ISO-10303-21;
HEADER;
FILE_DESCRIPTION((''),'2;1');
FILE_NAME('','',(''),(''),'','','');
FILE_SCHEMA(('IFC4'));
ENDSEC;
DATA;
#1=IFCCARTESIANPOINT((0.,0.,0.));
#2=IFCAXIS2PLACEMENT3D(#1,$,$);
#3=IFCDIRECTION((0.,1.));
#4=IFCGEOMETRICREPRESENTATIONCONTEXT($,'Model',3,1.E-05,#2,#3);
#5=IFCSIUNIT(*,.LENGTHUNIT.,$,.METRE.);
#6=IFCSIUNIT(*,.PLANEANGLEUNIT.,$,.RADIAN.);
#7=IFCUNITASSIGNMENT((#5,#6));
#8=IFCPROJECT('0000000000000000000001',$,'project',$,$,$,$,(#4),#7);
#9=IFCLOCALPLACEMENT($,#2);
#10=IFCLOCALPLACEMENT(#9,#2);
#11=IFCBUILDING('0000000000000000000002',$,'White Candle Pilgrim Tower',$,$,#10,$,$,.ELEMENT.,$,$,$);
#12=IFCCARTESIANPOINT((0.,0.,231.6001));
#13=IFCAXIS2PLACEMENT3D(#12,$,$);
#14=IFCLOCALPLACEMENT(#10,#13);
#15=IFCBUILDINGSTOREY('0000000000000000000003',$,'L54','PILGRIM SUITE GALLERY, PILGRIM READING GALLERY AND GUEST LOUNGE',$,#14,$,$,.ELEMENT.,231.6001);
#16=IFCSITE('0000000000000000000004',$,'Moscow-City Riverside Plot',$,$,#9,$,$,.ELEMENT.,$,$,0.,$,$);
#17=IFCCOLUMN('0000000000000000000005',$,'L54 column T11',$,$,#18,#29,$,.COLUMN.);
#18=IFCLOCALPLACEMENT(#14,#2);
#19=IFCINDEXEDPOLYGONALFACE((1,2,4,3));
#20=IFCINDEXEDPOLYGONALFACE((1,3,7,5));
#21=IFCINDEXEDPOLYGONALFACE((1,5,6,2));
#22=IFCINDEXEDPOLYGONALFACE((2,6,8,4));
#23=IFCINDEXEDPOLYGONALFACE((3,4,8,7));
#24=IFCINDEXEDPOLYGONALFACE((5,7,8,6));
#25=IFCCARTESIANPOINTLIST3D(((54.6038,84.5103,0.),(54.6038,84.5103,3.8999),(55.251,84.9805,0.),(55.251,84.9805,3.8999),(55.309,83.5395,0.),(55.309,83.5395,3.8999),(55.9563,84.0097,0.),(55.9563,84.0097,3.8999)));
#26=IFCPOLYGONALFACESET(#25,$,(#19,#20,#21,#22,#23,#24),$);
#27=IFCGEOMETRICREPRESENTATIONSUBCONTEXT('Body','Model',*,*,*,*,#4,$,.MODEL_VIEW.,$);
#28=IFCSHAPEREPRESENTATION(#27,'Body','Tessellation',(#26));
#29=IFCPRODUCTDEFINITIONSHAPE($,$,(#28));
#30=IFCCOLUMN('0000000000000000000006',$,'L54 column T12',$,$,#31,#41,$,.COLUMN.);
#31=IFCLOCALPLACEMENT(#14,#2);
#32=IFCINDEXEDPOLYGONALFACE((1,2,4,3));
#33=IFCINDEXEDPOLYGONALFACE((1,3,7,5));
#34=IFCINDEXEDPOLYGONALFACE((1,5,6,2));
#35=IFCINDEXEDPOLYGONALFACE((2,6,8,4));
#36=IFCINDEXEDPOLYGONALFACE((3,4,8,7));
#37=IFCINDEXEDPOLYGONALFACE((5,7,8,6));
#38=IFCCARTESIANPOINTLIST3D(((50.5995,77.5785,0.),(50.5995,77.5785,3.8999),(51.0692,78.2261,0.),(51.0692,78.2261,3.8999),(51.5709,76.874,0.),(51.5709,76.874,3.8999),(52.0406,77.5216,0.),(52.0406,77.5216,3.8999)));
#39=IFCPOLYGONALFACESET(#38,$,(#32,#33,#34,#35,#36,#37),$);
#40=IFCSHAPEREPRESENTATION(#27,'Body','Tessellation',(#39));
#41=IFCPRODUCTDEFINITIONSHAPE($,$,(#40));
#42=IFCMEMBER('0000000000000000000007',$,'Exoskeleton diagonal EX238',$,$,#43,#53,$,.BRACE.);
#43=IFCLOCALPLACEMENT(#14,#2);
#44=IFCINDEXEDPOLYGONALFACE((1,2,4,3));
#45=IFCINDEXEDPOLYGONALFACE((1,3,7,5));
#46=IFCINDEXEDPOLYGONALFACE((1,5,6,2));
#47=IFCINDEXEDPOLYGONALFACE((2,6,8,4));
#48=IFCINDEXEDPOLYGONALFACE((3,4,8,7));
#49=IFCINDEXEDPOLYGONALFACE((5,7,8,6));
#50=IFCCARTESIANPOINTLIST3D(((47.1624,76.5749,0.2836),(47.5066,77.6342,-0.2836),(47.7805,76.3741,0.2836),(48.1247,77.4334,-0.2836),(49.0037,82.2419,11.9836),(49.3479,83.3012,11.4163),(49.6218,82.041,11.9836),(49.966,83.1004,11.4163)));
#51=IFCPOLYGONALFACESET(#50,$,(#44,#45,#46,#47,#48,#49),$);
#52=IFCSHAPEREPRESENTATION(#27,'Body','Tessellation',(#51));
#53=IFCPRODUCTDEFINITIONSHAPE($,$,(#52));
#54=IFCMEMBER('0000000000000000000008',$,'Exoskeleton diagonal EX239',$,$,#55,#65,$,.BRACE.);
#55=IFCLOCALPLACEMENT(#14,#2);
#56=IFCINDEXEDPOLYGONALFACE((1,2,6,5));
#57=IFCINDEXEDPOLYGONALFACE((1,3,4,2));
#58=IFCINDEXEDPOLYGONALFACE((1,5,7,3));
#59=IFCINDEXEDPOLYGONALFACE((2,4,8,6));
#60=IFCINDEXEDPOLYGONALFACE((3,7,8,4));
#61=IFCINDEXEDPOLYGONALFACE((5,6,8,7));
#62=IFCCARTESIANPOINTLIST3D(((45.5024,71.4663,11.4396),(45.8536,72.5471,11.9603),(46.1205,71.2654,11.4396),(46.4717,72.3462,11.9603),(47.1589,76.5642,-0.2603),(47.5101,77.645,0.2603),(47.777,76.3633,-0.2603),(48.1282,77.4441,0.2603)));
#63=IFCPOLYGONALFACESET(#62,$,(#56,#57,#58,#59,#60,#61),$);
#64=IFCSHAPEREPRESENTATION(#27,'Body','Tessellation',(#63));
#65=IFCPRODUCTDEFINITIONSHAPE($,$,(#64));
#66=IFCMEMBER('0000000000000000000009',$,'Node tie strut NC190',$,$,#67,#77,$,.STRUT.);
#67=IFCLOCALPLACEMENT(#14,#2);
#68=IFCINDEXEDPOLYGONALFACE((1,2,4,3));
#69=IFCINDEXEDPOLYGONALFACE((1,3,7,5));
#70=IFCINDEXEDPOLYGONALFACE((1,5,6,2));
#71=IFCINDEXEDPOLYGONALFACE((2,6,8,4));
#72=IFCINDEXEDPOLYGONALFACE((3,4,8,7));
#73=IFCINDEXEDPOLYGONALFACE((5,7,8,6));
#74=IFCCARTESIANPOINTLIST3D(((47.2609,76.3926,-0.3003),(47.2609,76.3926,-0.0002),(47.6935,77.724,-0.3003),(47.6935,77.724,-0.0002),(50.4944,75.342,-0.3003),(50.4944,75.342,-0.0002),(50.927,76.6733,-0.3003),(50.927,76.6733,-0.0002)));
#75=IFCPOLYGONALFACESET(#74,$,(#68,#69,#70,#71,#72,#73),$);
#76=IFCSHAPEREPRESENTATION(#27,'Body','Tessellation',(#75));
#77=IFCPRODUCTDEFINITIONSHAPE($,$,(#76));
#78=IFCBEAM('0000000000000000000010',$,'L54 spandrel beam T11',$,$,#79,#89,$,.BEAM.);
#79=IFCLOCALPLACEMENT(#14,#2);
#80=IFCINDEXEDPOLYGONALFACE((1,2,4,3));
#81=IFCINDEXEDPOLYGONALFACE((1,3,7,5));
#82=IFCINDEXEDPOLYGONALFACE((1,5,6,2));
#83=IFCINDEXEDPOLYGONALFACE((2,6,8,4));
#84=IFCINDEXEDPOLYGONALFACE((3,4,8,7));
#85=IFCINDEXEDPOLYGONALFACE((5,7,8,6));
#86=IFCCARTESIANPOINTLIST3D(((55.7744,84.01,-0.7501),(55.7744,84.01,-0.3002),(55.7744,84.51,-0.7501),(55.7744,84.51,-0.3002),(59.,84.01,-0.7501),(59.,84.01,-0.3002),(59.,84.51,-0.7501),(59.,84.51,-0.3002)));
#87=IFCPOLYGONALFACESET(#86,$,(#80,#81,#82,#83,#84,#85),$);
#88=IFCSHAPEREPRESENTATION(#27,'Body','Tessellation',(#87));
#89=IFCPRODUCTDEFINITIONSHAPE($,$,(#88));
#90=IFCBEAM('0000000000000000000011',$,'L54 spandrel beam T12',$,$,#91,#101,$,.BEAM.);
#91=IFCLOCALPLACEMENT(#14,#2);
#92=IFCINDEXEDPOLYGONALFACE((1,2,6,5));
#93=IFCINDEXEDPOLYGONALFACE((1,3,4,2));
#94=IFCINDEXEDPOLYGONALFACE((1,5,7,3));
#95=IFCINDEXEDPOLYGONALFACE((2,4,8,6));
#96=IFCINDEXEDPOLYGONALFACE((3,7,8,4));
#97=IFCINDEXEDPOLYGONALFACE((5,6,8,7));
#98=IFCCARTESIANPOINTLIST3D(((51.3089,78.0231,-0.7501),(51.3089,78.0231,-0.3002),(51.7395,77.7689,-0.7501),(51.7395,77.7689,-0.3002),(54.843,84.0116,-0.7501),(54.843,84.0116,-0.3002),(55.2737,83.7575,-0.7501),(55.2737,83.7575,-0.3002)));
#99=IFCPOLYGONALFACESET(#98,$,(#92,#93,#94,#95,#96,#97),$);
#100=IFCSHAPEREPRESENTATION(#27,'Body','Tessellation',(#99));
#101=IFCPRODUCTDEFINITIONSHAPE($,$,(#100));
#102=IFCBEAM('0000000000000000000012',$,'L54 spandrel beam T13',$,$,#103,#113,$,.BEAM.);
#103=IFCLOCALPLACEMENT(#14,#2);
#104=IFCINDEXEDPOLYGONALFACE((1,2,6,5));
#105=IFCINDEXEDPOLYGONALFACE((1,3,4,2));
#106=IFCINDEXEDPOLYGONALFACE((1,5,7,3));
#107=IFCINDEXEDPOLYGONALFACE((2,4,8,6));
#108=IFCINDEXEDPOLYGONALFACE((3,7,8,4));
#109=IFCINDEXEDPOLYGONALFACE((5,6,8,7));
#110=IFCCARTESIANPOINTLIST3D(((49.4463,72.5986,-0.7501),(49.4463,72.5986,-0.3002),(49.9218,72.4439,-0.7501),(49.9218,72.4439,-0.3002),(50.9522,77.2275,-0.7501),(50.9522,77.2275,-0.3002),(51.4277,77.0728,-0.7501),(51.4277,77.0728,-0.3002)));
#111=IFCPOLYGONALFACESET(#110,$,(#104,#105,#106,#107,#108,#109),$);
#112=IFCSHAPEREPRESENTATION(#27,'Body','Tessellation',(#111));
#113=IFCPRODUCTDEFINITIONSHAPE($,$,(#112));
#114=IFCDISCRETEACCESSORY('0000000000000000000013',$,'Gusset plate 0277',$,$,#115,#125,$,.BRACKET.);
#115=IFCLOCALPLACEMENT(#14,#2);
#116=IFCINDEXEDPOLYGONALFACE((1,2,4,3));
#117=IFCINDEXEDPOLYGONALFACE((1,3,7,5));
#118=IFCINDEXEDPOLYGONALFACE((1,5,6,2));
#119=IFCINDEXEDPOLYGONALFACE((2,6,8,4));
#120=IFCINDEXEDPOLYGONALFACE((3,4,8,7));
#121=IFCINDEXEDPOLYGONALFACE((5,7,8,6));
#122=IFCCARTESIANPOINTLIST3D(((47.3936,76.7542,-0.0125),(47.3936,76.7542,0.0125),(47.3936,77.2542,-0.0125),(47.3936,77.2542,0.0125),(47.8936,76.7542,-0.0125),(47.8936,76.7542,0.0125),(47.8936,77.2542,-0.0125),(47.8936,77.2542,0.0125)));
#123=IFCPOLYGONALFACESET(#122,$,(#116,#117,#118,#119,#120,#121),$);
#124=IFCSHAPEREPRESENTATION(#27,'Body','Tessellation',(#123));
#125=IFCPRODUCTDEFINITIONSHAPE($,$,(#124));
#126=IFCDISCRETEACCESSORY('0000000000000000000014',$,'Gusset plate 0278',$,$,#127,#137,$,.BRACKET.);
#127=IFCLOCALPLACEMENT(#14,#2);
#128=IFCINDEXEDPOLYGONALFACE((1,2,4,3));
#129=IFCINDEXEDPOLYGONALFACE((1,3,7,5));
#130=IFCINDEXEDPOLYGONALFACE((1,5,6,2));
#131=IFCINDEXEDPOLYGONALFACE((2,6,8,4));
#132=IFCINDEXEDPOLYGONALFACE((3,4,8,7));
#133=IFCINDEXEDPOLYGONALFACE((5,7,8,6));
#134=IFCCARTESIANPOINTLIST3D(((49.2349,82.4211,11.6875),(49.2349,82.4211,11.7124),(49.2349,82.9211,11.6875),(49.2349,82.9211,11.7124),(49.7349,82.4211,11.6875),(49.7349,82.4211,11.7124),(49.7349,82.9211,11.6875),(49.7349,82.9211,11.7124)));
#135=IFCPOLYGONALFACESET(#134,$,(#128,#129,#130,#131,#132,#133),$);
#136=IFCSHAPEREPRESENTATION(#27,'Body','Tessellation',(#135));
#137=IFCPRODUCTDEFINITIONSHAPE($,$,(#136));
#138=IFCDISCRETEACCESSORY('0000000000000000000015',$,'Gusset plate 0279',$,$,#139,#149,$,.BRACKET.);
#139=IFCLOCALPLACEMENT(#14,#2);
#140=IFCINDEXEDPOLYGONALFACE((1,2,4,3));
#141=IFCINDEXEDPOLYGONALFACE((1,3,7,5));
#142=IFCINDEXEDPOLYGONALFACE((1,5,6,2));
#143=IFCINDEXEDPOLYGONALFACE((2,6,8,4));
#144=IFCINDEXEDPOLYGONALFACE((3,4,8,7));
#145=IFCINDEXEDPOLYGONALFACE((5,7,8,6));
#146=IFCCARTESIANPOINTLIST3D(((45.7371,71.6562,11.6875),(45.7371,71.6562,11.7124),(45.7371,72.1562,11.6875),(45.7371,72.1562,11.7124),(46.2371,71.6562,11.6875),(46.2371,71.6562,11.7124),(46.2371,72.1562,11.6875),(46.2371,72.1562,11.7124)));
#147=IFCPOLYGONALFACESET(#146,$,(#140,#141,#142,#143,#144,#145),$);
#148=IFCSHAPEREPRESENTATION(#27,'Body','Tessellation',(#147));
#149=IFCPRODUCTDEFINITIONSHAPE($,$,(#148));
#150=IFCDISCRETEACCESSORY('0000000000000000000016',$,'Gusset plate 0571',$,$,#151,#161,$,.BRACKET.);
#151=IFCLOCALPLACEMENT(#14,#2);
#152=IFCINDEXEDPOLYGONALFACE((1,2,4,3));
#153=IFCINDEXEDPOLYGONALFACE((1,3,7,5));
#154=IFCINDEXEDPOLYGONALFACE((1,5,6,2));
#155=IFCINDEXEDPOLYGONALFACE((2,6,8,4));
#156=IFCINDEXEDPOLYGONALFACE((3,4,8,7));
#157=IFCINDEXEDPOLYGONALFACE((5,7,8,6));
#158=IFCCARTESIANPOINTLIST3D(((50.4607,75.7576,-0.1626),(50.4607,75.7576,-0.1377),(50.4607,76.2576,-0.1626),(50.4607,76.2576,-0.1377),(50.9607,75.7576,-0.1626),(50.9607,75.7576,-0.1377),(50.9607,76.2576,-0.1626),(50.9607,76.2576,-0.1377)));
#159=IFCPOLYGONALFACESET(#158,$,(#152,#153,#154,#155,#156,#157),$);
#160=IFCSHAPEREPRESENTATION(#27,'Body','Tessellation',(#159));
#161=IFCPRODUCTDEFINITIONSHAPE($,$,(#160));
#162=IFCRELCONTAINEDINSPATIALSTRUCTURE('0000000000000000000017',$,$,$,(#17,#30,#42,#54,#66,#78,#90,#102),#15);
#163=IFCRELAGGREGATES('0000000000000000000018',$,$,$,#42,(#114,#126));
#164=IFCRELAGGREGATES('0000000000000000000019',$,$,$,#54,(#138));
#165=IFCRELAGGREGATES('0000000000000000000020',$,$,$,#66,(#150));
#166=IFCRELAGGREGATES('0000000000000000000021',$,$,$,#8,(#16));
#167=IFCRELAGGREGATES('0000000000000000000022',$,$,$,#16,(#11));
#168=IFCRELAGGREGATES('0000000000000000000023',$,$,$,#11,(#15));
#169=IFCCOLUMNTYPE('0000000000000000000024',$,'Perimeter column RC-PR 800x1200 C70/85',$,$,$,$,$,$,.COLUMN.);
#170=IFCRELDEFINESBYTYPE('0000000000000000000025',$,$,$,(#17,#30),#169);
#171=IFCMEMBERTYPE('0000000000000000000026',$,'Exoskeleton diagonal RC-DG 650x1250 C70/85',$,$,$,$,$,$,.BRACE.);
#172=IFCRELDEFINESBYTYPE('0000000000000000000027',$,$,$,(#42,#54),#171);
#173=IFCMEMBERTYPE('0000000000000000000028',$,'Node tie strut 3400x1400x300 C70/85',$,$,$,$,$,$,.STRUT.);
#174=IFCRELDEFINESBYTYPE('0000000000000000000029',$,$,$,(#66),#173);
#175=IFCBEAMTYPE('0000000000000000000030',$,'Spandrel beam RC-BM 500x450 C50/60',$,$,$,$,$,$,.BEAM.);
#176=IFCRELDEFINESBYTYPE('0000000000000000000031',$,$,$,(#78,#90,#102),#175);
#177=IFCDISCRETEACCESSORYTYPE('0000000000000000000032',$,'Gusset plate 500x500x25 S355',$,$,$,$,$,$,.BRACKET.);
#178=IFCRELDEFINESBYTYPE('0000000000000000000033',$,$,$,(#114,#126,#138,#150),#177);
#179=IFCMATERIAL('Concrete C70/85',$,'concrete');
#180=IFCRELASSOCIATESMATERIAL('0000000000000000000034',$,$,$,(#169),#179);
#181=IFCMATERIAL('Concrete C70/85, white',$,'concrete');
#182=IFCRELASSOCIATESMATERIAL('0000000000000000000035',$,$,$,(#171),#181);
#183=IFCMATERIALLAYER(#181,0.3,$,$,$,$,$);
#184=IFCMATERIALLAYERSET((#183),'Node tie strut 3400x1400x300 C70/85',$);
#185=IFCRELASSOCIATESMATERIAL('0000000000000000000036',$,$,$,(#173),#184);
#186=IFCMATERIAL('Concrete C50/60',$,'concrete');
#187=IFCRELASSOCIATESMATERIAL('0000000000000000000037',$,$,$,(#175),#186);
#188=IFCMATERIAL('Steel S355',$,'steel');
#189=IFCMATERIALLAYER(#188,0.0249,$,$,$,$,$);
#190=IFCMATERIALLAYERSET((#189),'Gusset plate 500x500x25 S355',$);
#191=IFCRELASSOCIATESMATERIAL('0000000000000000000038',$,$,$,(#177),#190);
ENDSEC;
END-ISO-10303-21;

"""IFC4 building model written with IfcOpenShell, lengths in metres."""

from ifc_helpers import new_model, si_unit, direction, frame, origin, origin_2d, place, context, subcontext, project, spatial, rectangle, extrude, material, layer, layer_set, material_profile, profile_set, type_object, element, aggregate, save


model = new_model("IFC4")

# Units and contexts
model_context = context("Model", 3, precision=1e-05, world=origin(), true_north=direction((0.0, 1.0)))
body_context = subcontext(model_context, "Body", "Model", "MODEL_VIEW")
ifc_project = project(units=[si_unit("LENGTHUNIT", "METRE"), si_unit("PLANEANGLEUNIT", "RADIAN")], contexts=[model_context])

# Site, building, storey
site_placement = place(None, origin())
site = spatial("IfcSite", under=ifc_project, at=site_placement, Name="Moscow-City Riverside Plot", CompositionType="ELEMENT", RefElevation=0.0)
building_placement = place(site_placement, origin())
building = spatial("IfcBuilding", under=site, at=building_placement, Name="White Candle Pilgrim Tower", CompositionType="ELEMENT")
storey_placement = place(building_placement, frame((0.0, 0.0, 231.6001)))
storey = spatial("IfcBuildingStorey", under=building, at=storey_placement, Name="L54", Description="PILGRIM SUITE GALLERY, PILGRIM READING GALLERY AND GUEST LOUNGE", CompositionType="ELEMENT", Elevation=231.6001)

# Columns
ifc_material_1 = material(Name="Concrete C70/85", Category="concrete")
ifc_material_profile_1 = material_profile(ifc_material_1, rectangle(XDim=0.8, YDim=1.2, at=origin_2d()), Name="RC-PR 800x1200")
ifc_profile_set_1 = profile_set([ifc_material_profile_1], Name="Concrete C70/85")
column_type = type_object("IfcColumnType", Name="Perimeter column RC-PR 800x1200 C70/85", PredefinedType="COLUMN", material=ifc_profile_set_1)
for number, where, z_axis, x_axis, name in (
    (1, (55.28, 84.26, 0.0), (0.0, 0.0, 1.0), (0.809027, 0.587771, 0.0), "L54 column T11"),
    (2, (51.3201, 77.55, 0.0), (0.0, 0.0, 1.0), (0.587107, 0.809509, 0.0), "L54 column T12"),
):
    element("IfcColumn", number, at=place(storey_placement, frame(where, z_axis=z_axis, x_axis=x_axis)), inside=storey, type_object=column_type, Name=name, PredefinedType="COLUMN", context=body_context, shape_type="SweptSolid", body=[
        extrude(rectangle(XDim=0.8, YDim=1.2, at=origin_2d()), origin(), (0.0, 0.0, 1.0), 3.8999),
    ])

# Members
ifc_material_2 = material(Name="Concrete C70/85, white", Category="concrete")
ifc_material_profile_2 = material_profile(ifc_material_2, rectangle(XDim=0.6499, YDim=1.25, at=origin_2d()), Name="RC-DG 650x1250")
ifc_profile_set_2 = profile_set([ifc_material_profile_2], Name="Concrete C70/85, white")
member_type_1 = type_object("IfcMemberType", Name="Exoskeleton diagonal RC-DG 650x1250 C70/85", PredefinedType="BRACE", material=ifc_profile_set_2)
member_1_placement = place(storey_placement, frame((47.6436, 77.0042, 0.0), z_axis=(0.140238, 0.43161, 0.891093), x_axis=(-0.951057, 0.309016, 0.0)))
member_1 = element("IfcMember", 3, at=member_1_placement, inside=storey, type_object=member_type_1, Name="Exoskeleton diagonal EX238", PredefinedType="BRACE", context=body_context, shape_type="SweptSolid", body=[
    extrude(rectangle(XDim=0.6499, YDim=1.25, at=origin_2d()), origin(), (0.0, 0.0, 1.0), 13.1299),
])
member_2_placement = place(storey_placement, frame((47.6436, 77.0042, 0.0), z_axis=(-0.128716, -0.396126, 0.90913), x_axis=(0.951052, -0.309031, 0.0)))
member_2 = element("IfcMember", 4, at=member_2_placement, inside=storey, type_object=member_type_1, Name="Exoskeleton diagonal EX239", PredefinedType="BRACE", context=body_context, shape_type="SweptSolid", body=[
    extrude(rectangle(XDim=0.6499, YDim=1.25, at=origin_2d()), origin(), (0.0, 0.0, 1.0), 12.8694),
])
ifc_layer_1 = layer(ifc_material_2, 0.3)
ifc_layer_set_1 = layer_set([ifc_layer_1], Name="Node tie strut 3400x1400x300 C70/85")
member_type_2 = type_object("IfcMemberType", Name="Node tie strut 3400x1400x300 C70/85", PredefinedType="STRUT", material=ifc_layer_set_1)
member_3_placement = place(storey_placement, frame((49.094, 76.533, -0.3003), z_axis=(0.0, 0.0, 1.0), x_axis=(-0.309017, -0.951057, 0.0)))
member_3 = element("IfcMember", 5, at=member_3_placement, inside=storey, type_object=member_type_2, Name="Node tie strut NC190", PredefinedType="STRUT", context=body_context, shape_type="SweptSolid", body=[
    extrude(rectangle(XDim=1.3999, YDim=3.3999, at=origin_2d()), origin(), (0.0, 0.0, 1.0), 0.3),
])

# Beams
ifc_material_3 = material(Name="Concrete C50/60", Category="concrete")
ifc_material_profile_3 = material_profile(ifc_material_3, rectangle(XDim=0.5, YDim=0.45, at=origin_2d()), Name="RC-BM 500x450")
ifc_profile_set_3 = profile_set([ifc_material_profile_3], Name="Concrete C50/60")
beam_type = type_object("IfcBeamType", Name="Spandrel beam RC-BM 500x450 C50/60", PredefinedType="BEAM", material=ifc_profile_set_3)
beam_1_placement = place(storey_placement, frame((55.7744, 84.26, -0.5251), z_axis=(1.0, 0.0, 0.0), x_axis=(0.0, 1.0, 0.0)))
element("IfcBeam", 6, at=beam_1_placement, inside=storey, type_object=beam_type, Name="L54 spandrel beam T11", PredefinedType="BEAM", context=body_context, shape_type="SweptSolid", body=[
    extrude(rectangle(XDim=0.5, YDim=0.45, at=origin_2d()), origin(), (0.0, 0.0, 1.0), 3.2256),
])
beam_2_placement = place(storey_placement, frame((55.0583, 83.8845, -0.5251), z_axis=(-0.50825, -0.861209, 0.0), x_axis=(0.861209, -0.50825, 0.0)))
element("IfcBeam", 7, at=beam_2_placement, inside=storey, type_object=beam_type, Name="L54 spandrel beam T12", PredefinedType="BEAM", context=body_context, shape_type="SweptSolid", body=[
    extrude(rectangle(XDim=0.5, YDim=0.45, at=origin_2d()), origin(), (0.0, 0.0, 1.0), 6.9536),
])
beam_3_placement = place(storey_placement, frame((51.1899, 77.1501, -0.5251), z_axis=(-0.309358, -0.950946, 0.0), x_axis=(0.950946, -0.309358, 0.0)))
element("IfcBeam", 8, at=beam_3_placement, inside=storey, type_object=beam_type, Name="L54 spandrel beam T13", PredefinedType="BEAM", context=body_context, shape_type="SweptSolid", body=[
    extrude(rectangle(XDim=0.5, YDim=0.45, at=origin_2d()), origin(), (0.0, 0.0, 1.0), 4.8677),
])

# Discrete accessories
ifc_material_4 = material(Name="Steel S355", Category="steel")
ifc_layer_2 = layer(ifc_material_4, 0.0249)
ifc_layer_set_2 = layer_set([ifc_layer_2], Name="Gusset plate 500x500x25 S355")
discrete_accessory_type = type_object("IfcDiscreteAccessoryType", Name="Gusset plate 500x500x25 S355", PredefinedType="BRACKET", material=ifc_layer_set_2)
discrete_accessory_1_placement = place(storey_placement, frame((47.6436, 77.0042, -0.0125), z_axis=(0.0, 0.0, 1.0), x_axis=(1.0, 0.0, 0.0)))
discrete_accessory_1 = element("IfcDiscreteAccessory", 9, at=discrete_accessory_1_placement, type_object=discrete_accessory_type, Name="Gusset plate 0277", PredefinedType="BRACKET", context=body_context, shape_type="SweptSolid", body=[
    extrude(rectangle(XDim=0.5, YDim=0.5, at=origin_2d()), origin(), (0.0, 0.0, 1.0), 0.0249),
])
placement = place(building_placement, frame((0.0, 0.0, 243.3)))
discrete_accessory_2_placement = place(placement, frame((49.4849, 82.6711, -0.0125), z_axis=(0.0, 0.0, 1.0), x_axis=(1.0, 0.0, 0.0)))
discrete_accessory_2 = element("IfcDiscreteAccessory", 10, at=discrete_accessory_2_placement, type_object=discrete_accessory_type, Name="Gusset plate 0278", PredefinedType="BRACKET", context=body_context, shape_type="SweptSolid", body=[
    extrude(rectangle(XDim=0.5, YDim=0.5, at=origin_2d()), origin(), (0.0, 0.0, 1.0), 0.0249),
])
aggregate(member_1, [discrete_accessory_1, discrete_accessory_2])
discrete_accessory_3_placement = place(placement, frame((45.9871, 71.9062, -0.0125), z_axis=(0.0, 0.0, 1.0), x_axis=(1.0, 0.0, 0.0)))
discrete_accessory_3 = element("IfcDiscreteAccessory", 11, at=discrete_accessory_3_placement, type_object=discrete_accessory_type, Name="Gusset plate 0279", PredefinedType="BRACKET", context=body_context, shape_type="SweptSolid", body=[
    extrude(rectangle(XDim=0.5, YDim=0.5, at=origin_2d()), origin(), (0.0, 0.0, 1.0), 0.0249),
])
aggregate(member_2, [discrete_accessory_3])
discrete_accessory_4_placement = place(storey_placement, frame((50.7107, 76.0076, -0.1626), z_axis=(0.0, 0.0, 1.0), x_axis=(1.0, 0.0, 0.0)))
discrete_accessory_4 = element("IfcDiscreteAccessory", 12, at=discrete_accessory_4_placement, type_object=discrete_accessory_type, Name="Gusset plate 0571", PredefinedType="BRACKET", context=body_context, shape_type="SweptSolid", body=[
    extrude(rectangle(XDim=0.5, YDim=0.5, at=origin_2d()), origin(), (0.0, 0.0, 1.0), 0.0249),
])
aggregate(member_3, [discrete_accessory_4])

save(model, "model.ifc")
